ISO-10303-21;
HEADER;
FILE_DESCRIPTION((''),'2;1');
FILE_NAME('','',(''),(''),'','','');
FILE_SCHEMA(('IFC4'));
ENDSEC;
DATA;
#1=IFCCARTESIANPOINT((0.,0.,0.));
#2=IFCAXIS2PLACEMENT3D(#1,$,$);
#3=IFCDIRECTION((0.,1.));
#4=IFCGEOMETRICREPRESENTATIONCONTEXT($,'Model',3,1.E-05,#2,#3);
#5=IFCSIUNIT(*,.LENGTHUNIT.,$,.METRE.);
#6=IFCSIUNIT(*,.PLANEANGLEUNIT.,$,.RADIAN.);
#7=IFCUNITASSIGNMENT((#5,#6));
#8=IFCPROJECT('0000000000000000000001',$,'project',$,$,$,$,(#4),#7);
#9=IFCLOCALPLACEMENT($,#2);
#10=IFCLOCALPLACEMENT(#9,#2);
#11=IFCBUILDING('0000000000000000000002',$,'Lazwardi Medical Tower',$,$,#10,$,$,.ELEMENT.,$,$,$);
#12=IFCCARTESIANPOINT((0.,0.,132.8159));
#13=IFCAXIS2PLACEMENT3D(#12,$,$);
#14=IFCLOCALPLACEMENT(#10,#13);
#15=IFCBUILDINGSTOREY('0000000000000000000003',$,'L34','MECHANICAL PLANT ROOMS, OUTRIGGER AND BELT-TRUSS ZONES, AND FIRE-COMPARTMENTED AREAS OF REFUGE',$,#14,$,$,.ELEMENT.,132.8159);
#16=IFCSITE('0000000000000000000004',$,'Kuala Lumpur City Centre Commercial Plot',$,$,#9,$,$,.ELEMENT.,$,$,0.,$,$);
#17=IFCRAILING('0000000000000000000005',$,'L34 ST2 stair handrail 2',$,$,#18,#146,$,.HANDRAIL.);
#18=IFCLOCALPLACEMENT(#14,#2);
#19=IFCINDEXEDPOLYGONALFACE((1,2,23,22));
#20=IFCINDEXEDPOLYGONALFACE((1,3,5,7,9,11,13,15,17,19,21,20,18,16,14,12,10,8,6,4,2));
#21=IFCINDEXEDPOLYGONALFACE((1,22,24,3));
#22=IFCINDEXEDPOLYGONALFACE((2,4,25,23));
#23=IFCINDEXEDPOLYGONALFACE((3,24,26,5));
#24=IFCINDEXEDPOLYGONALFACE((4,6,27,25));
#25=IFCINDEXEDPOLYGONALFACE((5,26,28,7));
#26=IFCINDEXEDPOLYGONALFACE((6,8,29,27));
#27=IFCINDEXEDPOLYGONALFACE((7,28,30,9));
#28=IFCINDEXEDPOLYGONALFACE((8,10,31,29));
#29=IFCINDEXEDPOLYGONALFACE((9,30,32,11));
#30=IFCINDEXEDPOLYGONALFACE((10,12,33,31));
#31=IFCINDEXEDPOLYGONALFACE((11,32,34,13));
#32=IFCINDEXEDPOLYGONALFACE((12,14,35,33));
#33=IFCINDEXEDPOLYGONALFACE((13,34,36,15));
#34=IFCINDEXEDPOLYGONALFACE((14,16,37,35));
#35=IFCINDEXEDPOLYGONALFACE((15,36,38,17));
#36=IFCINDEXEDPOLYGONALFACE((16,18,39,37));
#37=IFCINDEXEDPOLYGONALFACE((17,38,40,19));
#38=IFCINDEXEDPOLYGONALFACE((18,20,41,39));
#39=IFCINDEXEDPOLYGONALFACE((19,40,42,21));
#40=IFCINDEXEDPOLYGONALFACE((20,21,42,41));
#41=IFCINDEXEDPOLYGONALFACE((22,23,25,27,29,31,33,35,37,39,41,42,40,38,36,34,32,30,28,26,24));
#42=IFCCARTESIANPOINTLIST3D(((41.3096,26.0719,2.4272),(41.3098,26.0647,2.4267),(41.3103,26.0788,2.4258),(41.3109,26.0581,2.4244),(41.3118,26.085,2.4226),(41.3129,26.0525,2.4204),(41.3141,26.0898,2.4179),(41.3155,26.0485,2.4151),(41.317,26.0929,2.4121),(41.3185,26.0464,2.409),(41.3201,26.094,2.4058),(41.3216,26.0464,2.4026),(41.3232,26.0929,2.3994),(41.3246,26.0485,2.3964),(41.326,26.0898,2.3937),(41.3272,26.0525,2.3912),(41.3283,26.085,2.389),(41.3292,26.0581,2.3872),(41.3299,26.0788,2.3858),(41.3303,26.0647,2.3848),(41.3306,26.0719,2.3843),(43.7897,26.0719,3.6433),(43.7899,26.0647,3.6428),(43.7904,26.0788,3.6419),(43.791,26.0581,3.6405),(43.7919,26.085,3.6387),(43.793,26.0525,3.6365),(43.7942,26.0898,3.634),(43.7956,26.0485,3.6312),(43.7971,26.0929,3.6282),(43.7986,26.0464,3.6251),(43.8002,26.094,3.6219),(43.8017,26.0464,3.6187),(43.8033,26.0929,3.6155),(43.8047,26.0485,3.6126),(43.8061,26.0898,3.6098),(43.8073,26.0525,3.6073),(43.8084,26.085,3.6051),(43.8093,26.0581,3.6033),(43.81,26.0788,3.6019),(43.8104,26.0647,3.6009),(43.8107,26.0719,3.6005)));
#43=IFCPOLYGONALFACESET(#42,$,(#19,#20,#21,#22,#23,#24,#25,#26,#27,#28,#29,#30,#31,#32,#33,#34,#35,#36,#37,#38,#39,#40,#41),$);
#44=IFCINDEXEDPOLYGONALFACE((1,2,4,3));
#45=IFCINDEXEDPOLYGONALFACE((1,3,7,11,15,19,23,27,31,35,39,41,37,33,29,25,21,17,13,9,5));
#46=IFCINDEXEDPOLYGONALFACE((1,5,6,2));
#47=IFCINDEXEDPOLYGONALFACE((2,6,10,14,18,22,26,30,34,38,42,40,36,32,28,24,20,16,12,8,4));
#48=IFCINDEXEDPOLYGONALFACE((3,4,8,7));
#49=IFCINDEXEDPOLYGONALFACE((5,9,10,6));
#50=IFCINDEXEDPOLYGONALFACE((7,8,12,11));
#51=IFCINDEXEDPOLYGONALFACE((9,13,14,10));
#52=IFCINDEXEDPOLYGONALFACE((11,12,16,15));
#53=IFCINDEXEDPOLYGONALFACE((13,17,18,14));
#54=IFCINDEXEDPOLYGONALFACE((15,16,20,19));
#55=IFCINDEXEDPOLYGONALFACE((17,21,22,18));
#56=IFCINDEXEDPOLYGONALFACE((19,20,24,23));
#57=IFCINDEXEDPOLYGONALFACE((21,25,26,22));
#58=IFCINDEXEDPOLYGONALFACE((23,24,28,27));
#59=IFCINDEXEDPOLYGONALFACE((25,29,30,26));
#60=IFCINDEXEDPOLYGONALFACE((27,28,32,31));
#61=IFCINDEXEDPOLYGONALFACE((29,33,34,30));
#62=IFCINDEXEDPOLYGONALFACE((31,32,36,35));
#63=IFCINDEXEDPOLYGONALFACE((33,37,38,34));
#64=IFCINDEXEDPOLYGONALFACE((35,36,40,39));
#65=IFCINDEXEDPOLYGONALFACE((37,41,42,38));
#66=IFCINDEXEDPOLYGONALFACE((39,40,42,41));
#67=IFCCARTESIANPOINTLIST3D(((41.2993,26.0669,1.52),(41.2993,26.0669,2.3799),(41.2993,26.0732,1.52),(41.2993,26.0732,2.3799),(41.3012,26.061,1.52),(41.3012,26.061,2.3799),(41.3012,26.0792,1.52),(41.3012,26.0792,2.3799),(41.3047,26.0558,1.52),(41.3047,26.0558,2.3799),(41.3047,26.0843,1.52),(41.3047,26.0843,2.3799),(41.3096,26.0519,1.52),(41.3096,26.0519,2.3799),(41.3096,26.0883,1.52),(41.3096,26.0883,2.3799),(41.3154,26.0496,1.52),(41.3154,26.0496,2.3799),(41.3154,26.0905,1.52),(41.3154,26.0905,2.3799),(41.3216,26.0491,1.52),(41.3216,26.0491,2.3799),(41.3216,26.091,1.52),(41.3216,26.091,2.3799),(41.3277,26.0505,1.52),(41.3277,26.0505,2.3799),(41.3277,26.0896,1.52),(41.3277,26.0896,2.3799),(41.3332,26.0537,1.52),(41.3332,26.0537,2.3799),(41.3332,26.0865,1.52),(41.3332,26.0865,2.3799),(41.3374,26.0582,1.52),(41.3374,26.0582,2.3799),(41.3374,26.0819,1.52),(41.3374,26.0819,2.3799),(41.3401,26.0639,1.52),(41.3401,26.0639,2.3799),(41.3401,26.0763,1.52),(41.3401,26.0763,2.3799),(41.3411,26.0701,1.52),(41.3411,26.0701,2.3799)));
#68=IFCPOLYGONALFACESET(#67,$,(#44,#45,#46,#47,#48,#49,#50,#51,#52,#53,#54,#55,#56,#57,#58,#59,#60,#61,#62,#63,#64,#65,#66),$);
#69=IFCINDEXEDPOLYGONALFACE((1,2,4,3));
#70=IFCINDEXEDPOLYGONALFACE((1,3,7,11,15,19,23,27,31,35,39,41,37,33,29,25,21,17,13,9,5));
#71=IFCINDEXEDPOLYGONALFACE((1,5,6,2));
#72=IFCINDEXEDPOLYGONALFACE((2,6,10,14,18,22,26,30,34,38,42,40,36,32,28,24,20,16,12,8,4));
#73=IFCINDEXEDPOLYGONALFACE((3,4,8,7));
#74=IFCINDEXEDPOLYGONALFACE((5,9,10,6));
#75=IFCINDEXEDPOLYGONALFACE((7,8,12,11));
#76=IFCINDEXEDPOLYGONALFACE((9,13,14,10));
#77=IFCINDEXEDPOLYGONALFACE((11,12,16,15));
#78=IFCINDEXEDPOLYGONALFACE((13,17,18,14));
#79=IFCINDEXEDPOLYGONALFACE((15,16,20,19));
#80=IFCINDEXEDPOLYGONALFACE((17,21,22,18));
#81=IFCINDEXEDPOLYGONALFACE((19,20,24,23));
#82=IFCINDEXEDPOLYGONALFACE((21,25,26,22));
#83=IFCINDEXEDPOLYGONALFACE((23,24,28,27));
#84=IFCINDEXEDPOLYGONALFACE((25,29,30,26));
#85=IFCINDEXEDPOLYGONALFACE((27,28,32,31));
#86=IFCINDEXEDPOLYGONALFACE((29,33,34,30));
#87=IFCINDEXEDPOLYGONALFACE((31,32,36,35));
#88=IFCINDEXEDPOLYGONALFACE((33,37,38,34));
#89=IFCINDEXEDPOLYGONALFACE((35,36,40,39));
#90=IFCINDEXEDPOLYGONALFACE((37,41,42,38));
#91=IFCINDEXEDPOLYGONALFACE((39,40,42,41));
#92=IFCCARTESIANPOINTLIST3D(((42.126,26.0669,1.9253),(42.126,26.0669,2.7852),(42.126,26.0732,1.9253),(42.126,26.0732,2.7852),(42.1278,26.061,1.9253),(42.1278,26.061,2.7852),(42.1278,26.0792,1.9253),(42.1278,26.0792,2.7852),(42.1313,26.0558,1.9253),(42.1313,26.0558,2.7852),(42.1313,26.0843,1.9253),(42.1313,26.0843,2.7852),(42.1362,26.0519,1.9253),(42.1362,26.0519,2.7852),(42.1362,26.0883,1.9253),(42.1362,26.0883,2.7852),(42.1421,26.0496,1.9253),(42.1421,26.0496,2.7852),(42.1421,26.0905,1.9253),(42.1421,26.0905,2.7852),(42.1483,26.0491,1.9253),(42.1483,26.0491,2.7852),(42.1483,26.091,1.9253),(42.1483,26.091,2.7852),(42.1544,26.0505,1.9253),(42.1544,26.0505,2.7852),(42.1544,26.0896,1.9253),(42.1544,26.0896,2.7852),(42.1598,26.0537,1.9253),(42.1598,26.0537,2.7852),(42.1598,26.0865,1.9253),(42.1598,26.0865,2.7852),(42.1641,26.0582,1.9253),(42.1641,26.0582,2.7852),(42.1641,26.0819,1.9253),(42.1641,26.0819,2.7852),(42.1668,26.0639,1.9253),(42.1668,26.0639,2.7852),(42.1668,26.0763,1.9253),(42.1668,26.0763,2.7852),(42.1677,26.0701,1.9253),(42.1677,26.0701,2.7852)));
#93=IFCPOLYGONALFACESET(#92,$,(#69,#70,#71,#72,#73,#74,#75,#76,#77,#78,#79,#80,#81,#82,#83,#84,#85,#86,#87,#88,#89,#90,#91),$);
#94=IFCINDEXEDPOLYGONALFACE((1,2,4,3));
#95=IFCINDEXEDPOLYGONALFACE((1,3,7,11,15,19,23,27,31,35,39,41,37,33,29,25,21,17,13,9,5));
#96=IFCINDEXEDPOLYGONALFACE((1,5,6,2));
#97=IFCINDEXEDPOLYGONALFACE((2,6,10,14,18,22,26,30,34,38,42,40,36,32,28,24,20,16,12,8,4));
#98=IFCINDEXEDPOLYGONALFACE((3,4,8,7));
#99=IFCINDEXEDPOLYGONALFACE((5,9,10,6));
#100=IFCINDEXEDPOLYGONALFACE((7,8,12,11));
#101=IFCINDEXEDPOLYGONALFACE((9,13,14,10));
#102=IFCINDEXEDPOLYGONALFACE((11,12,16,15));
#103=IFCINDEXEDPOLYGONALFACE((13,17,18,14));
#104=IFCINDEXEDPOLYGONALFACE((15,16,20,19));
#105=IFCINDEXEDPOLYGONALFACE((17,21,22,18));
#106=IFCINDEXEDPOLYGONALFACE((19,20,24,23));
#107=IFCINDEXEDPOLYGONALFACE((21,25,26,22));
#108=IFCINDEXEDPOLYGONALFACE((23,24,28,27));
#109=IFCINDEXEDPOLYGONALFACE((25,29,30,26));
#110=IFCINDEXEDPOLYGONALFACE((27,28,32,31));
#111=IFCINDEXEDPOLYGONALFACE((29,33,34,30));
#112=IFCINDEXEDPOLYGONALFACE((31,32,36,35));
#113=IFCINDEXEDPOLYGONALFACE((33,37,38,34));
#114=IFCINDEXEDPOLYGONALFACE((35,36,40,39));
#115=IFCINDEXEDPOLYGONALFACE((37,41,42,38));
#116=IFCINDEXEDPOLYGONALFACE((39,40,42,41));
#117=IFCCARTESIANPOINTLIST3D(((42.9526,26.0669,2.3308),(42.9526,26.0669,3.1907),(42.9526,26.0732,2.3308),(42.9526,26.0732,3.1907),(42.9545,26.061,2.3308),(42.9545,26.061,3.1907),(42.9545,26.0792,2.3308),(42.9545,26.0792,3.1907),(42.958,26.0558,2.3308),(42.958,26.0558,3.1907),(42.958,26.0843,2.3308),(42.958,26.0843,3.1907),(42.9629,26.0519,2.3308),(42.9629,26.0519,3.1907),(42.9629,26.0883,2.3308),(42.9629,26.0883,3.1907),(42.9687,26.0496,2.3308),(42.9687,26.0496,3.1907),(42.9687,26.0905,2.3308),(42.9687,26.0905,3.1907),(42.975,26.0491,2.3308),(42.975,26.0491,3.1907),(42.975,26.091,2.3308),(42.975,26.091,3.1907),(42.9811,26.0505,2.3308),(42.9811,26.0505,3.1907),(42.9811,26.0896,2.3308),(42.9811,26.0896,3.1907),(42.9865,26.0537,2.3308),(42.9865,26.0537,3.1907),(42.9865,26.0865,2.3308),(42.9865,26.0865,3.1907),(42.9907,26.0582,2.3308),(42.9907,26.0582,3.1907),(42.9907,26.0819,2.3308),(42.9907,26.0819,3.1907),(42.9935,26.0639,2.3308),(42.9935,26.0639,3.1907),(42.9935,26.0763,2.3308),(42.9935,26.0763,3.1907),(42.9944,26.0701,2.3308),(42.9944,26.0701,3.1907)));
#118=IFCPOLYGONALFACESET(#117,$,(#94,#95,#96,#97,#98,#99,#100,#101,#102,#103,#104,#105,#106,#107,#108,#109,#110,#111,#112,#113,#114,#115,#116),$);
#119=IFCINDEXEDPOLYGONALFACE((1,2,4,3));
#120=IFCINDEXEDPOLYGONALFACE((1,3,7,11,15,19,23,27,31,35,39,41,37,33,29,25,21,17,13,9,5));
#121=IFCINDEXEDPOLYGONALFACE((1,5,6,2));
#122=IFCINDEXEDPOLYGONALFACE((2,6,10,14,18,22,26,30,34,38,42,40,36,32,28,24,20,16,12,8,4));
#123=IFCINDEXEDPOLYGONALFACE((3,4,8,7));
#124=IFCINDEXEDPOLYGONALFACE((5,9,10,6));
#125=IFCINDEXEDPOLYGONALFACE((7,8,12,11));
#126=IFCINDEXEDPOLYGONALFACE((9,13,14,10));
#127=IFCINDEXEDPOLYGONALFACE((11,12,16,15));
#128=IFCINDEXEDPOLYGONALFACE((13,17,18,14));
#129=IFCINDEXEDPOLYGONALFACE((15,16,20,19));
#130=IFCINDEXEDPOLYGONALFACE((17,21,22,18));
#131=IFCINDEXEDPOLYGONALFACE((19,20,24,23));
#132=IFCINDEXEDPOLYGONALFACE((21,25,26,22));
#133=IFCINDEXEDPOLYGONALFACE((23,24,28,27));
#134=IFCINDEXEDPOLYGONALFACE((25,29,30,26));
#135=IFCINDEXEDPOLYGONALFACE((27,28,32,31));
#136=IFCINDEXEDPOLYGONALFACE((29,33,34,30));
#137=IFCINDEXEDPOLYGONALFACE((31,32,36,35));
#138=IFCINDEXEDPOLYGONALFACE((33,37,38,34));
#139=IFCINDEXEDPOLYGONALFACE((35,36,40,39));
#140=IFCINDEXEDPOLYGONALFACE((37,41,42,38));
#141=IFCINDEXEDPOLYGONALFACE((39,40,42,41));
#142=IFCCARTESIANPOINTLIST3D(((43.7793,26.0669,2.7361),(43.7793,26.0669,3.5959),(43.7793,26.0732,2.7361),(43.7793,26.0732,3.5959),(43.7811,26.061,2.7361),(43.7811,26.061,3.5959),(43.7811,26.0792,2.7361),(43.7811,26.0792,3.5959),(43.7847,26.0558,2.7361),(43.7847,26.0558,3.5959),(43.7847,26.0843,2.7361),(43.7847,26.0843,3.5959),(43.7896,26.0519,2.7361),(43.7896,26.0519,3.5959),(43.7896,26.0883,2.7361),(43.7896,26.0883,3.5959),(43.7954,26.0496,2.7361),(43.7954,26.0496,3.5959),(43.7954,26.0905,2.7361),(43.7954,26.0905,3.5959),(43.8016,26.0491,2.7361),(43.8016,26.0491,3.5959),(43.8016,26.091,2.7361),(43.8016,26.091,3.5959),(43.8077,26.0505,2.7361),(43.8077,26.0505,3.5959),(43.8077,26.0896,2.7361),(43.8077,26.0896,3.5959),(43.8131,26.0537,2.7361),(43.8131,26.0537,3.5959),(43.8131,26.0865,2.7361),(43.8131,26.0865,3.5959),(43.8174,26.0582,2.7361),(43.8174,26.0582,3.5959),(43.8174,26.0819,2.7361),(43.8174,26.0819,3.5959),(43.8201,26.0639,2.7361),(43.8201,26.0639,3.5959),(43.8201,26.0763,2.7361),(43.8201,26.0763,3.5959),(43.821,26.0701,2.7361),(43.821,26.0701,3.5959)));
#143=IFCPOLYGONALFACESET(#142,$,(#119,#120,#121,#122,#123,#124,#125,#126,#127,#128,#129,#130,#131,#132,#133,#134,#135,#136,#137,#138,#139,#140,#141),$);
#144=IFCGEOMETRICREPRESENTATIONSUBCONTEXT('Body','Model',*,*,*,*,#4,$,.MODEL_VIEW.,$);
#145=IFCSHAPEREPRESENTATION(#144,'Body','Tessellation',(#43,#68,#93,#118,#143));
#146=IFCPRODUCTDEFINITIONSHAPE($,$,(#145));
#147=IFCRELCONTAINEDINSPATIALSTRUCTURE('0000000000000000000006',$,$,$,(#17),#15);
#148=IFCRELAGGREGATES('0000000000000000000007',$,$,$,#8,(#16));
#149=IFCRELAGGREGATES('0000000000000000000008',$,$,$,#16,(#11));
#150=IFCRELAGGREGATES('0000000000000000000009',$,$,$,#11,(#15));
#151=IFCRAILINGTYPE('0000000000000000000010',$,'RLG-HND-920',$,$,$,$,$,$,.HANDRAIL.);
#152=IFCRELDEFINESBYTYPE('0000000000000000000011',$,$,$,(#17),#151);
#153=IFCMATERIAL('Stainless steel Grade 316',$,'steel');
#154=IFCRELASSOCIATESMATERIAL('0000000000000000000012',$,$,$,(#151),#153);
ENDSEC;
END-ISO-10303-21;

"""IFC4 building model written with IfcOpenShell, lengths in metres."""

from ifc_helpers import new_model, si_unit, direction, frame, origin, origin_2d, place, context, subcontext, project, spatial, circle, extrude, material, type_object, element, save


model = new_model("IFC4")

# Units and contexts
model_context = context("Model", 3, precision=1e-05, world=origin(), true_north=direction((0.0, 1.0)))
body_context = subcontext(model_context, "Body", "Model", "MODEL_VIEW")
ifc_project = project(units=[si_unit("LENGTHUNIT", "METRE"), si_unit("PLANEANGLEUNIT", "RADIAN")], contexts=[model_context])

# Site, building, storey
site_placement = place(None, origin())
site = spatial("IfcSite", under=ifc_project, at=site_placement, Name="Kuala Lumpur City Centre Commercial Plot", CompositionType="ELEMENT", RefElevation=0.0)
building_placement = place(site_placement, origin())
building = spatial("IfcBuilding", under=site, at=building_placement, Name="Lazwardi Medical Tower", CompositionType="ELEMENT")
storey_placement = place(building_placement, frame((0.0, 0.0, 132.8159)))
storey = spatial("IfcBuildingStorey", under=building, at=storey_placement, Name="L34", Description="MECHANICAL PLANT ROOMS, OUTRIGGER AND BELT-TRUSS ZONES, AND FIRE-COMPARTMENTED AREAS OF REFUGE", CompositionType="ELEMENT", Elevation=132.8159)

# Railing
ifc_material_1 = material(Name="Stainless steel Grade 316", Category="steel")
railing_type_1 = type_object("IfcRailingType", Name="RLG-HND-920", PredefinedType="HANDRAIL", material=ifc_material_1)
for number, where, name in (
    (1, (41.3201, 26.0701, 1.52), "L34 ST2 stair handrail 2"),
):
    element("IfcRailing", number, at=place(storey_placement, frame(where)), inside=storey, type_object=railing_type_1, Name=name, PredefinedType="HANDRAIL", context=body_context, shape_type="SweptSolid", body=[
        extrude(circle(Radius=0.0239, at=origin_2d()), frame((0.0, 0.0, 0.8857), z_axis=(0.897865, 0.0, 0.44027), x_axis=(0.0, 1.0, 0.0)), (0.0, 0.0, 1.0), 2.7622),
        extrude(circle(Radius=0.021, at=origin_2d()), origin(), (0.0, 0.0, 1.0), 0.8599),
        extrude(circle(Radius=0.021, at=origin_2d()), frame((0.8267, 0.0, 0.4053)), (0.0, 0.0, 1.0), 0.8599),
        extrude(circle(Radius=0.021, at=origin_2d()), frame((1.6533, 0.0, 0.8108)), (0.0, 0.0, 1.0), 0.8599),
        extrude(circle(Radius=0.021, at=origin_2d()), frame((2.48, 0.0, 1.2161)), (0.0, 0.0, 1.0), 0.8599),
    ])

save(model, "model.ifc")
